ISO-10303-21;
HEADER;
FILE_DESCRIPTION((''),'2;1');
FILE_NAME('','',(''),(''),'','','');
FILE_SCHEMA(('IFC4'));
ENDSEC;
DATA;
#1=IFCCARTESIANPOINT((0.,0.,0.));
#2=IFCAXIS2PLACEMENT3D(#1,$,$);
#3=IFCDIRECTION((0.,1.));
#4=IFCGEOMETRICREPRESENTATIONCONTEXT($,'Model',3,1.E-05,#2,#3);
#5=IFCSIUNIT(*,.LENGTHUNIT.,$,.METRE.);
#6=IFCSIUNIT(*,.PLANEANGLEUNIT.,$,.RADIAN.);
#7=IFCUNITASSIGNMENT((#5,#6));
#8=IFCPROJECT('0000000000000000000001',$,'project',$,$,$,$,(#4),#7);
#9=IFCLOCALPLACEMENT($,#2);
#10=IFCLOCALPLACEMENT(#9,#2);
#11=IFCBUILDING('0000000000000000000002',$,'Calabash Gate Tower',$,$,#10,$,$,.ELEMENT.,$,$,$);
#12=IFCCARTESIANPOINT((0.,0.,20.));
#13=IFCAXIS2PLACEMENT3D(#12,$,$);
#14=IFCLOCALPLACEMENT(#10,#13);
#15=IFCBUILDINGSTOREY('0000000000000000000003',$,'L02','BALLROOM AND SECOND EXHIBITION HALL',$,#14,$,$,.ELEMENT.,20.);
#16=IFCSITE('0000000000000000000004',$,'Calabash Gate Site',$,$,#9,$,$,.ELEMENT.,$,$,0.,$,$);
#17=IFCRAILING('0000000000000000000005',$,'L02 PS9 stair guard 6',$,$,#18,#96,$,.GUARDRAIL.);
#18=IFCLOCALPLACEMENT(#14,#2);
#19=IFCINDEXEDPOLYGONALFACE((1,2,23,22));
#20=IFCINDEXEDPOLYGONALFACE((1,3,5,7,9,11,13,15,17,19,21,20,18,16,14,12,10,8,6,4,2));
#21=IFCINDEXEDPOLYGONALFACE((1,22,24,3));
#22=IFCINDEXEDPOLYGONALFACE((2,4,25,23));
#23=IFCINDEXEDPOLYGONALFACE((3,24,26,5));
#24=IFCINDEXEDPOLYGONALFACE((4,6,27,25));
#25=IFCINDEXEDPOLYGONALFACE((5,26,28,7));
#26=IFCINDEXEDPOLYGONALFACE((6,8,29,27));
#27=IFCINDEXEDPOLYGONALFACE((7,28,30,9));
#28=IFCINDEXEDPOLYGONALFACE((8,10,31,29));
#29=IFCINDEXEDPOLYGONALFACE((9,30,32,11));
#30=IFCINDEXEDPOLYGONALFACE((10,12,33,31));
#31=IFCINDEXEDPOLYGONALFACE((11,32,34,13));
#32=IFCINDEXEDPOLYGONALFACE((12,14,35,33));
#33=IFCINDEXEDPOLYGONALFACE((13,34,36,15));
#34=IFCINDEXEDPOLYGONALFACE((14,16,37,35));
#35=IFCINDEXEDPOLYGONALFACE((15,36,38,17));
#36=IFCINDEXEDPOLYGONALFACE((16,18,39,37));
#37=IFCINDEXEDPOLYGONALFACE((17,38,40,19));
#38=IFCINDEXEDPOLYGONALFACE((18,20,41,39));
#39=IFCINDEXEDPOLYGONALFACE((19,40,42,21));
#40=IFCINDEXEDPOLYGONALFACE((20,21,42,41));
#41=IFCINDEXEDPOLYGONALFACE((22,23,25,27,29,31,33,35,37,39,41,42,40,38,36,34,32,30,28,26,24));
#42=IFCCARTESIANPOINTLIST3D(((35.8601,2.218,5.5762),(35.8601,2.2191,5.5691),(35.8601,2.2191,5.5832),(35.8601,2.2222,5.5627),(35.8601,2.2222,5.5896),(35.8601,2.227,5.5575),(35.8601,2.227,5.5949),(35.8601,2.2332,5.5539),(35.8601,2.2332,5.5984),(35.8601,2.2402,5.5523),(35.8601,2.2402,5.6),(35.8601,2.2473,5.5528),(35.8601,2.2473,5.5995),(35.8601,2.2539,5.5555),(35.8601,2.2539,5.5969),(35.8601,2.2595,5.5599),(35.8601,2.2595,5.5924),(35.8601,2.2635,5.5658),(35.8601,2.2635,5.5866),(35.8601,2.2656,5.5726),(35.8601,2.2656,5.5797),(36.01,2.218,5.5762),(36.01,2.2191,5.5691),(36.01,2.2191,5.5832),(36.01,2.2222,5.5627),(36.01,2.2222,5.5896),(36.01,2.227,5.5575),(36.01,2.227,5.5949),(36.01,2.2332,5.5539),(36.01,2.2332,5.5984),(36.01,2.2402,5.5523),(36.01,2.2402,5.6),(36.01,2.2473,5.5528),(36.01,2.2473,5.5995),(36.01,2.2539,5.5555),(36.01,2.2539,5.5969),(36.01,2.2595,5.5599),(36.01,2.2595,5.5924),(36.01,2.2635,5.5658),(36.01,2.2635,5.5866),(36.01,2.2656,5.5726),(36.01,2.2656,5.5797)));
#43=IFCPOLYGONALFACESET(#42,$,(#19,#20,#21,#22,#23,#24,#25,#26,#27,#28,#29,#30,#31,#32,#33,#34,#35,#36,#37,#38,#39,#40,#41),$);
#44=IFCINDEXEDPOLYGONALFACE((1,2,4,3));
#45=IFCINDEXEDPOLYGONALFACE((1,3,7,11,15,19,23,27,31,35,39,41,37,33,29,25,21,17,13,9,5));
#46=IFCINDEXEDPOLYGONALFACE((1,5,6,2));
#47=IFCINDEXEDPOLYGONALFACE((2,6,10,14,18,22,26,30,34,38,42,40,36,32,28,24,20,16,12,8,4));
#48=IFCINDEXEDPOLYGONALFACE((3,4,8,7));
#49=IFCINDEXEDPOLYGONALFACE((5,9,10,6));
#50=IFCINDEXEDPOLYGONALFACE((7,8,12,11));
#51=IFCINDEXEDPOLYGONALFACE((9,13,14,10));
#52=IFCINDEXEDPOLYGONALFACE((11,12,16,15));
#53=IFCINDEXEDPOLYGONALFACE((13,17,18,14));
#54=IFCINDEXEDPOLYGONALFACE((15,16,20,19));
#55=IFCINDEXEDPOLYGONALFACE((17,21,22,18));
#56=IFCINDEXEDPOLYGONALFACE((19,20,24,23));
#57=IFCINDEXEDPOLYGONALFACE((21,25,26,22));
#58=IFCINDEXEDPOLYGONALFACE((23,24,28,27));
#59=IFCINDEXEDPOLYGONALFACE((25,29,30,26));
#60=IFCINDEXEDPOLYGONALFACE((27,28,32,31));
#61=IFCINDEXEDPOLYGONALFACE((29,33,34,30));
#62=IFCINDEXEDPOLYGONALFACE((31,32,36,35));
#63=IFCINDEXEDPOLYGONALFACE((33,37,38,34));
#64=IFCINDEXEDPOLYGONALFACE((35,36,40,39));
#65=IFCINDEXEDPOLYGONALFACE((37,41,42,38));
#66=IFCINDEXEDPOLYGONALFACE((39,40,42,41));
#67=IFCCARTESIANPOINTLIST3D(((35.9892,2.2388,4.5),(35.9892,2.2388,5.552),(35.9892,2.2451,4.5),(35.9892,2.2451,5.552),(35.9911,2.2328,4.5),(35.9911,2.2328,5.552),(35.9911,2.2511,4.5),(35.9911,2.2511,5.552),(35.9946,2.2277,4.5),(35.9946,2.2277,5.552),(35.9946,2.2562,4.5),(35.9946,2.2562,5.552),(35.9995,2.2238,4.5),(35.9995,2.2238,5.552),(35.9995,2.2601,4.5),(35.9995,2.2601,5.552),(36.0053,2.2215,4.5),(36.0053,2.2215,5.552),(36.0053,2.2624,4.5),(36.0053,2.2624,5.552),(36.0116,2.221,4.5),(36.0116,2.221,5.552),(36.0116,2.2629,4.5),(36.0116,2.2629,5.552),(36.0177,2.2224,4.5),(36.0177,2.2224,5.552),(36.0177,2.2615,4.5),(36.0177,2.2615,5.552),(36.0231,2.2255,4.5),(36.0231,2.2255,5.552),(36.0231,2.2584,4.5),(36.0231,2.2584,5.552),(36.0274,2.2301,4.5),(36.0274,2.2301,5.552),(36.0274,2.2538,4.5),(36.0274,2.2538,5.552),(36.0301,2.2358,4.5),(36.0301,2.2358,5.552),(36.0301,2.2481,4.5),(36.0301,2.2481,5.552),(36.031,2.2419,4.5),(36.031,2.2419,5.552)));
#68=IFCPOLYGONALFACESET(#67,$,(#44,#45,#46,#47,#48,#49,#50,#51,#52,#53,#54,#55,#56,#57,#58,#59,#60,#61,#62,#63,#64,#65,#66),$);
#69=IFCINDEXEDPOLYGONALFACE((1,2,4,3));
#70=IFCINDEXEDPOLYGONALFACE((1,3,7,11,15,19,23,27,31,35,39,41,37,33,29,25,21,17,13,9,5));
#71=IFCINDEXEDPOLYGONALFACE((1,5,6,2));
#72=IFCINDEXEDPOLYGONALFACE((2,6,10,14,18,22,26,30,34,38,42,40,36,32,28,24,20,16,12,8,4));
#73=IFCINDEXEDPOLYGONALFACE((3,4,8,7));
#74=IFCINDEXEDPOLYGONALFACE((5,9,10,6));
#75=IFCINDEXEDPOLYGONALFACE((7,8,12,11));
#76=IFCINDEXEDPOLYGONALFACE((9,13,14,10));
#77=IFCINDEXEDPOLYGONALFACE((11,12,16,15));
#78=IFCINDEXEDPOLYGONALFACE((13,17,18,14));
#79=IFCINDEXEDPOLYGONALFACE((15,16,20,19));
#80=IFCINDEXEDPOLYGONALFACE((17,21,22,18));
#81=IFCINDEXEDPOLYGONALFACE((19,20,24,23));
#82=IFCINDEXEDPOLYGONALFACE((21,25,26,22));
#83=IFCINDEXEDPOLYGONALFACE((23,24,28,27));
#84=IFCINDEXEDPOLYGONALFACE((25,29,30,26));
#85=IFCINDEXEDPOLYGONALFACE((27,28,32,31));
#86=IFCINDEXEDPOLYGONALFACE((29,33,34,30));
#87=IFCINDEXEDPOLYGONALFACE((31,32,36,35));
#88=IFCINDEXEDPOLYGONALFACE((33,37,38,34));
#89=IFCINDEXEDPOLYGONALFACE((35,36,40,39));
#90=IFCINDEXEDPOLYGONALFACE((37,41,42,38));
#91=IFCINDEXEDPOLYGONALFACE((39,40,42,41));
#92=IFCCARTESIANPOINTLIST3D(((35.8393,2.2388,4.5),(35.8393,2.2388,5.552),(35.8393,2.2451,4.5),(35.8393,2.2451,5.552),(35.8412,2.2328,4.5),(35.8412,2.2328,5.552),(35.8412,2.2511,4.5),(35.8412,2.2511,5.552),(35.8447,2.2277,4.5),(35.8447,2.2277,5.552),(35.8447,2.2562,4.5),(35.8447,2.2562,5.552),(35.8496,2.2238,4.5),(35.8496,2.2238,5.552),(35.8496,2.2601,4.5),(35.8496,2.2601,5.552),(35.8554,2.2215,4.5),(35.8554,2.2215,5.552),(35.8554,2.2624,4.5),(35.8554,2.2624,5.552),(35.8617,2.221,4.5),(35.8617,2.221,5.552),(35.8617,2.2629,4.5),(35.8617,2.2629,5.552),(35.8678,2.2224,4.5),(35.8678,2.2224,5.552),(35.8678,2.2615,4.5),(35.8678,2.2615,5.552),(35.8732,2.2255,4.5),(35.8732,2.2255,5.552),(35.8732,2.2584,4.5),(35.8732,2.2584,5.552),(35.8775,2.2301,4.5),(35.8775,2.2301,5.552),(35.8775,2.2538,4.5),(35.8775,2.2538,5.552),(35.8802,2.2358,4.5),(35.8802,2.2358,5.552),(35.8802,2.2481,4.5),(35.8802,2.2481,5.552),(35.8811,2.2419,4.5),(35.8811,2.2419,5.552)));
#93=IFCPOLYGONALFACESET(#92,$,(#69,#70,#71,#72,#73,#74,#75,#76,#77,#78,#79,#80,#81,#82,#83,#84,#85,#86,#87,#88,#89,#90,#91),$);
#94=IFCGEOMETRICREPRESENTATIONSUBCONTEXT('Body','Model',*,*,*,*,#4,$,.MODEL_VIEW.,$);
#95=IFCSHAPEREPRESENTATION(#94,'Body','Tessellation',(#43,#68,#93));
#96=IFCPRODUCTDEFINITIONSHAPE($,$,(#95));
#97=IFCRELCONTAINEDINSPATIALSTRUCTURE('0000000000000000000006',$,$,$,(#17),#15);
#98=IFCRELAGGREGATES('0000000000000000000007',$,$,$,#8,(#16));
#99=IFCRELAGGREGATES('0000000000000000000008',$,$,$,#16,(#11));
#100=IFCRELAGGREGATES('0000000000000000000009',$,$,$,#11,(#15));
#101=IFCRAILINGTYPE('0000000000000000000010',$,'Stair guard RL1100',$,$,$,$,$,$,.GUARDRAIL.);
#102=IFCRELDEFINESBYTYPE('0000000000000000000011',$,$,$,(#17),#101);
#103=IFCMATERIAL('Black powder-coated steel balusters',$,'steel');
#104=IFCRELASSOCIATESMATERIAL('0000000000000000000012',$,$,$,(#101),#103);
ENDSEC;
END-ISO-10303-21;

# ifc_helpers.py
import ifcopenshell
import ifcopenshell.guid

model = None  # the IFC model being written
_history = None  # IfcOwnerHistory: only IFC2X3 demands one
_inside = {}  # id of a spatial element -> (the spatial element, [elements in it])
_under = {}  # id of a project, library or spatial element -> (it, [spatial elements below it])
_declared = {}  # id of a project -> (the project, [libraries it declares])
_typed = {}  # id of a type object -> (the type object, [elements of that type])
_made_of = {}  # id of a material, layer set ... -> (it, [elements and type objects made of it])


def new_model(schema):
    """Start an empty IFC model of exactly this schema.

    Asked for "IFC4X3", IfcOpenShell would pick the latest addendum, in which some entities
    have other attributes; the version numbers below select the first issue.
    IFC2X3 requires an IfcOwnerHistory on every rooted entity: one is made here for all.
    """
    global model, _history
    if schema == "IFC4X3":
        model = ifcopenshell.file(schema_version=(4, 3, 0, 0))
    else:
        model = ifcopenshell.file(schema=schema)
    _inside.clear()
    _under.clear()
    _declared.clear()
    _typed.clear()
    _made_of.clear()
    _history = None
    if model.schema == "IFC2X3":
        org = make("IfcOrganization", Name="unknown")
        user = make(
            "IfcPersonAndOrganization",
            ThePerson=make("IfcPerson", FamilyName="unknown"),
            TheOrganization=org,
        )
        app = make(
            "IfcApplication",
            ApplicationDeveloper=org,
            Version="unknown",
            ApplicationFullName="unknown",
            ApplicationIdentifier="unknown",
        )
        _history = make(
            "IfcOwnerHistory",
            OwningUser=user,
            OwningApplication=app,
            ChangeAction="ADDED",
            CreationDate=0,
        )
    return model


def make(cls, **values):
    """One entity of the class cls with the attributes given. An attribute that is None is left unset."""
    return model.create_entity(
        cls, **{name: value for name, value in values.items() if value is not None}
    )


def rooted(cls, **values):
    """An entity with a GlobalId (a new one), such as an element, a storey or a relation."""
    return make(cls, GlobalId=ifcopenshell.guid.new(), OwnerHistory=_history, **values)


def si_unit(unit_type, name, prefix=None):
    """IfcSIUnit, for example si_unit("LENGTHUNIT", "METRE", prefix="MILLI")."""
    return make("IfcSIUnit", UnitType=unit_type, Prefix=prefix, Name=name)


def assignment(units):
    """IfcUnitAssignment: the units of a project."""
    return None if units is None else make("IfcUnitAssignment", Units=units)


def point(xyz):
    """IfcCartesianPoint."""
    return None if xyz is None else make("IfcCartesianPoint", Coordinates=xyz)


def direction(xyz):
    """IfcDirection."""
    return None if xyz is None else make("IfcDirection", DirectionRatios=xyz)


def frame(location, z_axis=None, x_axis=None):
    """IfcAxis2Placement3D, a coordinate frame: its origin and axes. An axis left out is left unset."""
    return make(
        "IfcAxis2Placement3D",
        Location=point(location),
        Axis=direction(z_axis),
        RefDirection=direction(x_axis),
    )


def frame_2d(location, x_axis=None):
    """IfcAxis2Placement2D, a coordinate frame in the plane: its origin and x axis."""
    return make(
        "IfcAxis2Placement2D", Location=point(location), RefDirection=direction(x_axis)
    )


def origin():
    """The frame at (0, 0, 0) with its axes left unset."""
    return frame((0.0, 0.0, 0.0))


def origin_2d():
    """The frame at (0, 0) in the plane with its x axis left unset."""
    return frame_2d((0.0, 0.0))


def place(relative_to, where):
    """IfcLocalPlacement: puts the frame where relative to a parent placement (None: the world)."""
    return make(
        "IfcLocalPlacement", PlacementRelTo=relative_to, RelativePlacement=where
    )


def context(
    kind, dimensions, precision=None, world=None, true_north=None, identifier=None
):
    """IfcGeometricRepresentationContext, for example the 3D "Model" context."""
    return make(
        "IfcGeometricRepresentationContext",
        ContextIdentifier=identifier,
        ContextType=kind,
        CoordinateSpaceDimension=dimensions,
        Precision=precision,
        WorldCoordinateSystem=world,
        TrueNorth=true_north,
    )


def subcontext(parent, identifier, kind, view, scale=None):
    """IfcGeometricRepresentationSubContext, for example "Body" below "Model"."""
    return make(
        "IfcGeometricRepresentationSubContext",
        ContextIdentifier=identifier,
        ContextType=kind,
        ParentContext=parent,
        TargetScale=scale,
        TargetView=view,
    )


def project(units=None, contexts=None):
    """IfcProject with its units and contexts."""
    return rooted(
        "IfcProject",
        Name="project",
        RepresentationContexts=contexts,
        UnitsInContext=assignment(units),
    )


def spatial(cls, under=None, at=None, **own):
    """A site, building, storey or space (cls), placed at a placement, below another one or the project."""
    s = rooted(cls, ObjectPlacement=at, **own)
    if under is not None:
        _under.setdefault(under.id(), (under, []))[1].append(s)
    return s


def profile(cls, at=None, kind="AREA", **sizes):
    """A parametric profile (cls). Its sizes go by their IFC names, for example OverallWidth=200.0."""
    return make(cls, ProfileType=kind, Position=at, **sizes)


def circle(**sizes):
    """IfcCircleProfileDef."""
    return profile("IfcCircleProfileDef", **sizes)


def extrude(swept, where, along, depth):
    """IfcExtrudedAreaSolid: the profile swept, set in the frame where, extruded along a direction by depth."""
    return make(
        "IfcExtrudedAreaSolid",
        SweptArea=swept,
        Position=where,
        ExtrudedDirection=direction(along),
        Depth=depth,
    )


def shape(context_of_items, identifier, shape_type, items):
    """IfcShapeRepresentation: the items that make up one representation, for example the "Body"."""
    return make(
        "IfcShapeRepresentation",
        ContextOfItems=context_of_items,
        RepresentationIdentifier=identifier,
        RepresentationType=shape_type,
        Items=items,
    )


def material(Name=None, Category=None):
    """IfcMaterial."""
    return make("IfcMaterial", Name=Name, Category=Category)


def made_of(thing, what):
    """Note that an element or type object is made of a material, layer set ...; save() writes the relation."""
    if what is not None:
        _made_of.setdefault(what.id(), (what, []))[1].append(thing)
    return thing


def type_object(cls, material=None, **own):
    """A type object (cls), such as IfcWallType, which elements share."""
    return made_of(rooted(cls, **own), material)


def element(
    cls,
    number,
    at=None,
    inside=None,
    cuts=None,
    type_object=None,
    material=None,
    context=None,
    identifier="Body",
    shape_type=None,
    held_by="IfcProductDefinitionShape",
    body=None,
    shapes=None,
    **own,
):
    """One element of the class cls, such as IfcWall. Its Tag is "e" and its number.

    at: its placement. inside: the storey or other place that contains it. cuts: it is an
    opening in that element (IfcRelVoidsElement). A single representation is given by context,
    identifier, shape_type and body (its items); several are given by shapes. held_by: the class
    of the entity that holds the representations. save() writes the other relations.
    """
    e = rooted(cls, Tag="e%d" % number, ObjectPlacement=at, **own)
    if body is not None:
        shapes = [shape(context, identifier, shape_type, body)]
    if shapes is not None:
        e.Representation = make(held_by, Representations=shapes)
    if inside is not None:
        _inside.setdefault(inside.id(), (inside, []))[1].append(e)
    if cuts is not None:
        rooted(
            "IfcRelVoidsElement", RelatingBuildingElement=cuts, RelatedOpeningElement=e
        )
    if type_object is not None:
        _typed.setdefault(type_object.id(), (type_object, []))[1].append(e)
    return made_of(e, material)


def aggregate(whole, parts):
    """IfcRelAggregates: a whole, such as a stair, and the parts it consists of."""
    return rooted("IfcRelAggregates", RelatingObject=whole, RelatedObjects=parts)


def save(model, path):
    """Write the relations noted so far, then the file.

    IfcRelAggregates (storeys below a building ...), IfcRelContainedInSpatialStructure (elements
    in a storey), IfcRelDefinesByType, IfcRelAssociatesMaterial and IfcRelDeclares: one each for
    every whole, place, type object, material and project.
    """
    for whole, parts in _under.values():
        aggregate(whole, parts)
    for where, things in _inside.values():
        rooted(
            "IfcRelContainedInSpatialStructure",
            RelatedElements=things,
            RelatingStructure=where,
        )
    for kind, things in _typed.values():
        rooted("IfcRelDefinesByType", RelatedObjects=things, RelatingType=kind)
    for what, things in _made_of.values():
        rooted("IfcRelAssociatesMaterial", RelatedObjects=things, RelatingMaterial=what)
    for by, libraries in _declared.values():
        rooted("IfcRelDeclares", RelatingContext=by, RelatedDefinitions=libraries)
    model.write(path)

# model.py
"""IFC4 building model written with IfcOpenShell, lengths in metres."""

from ifc_helpers import new_model, si_unit, direction, frame, origin, origin_2d, place, context, subcontext, project, spatial, circle, extrude, material, type_object, element, save


model = new_model("IFC4")

# Units and contexts
model_context = context("Model", 3, precision=1e-05, world=origin(), true_north=direction((0.0, 1.0)))
body_context = subcontext(model_context, "Body", "Model", "MODEL_VIEW")
ifc_project = project(units=[si_unit("LENGTHUNIT", "METRE"), si_unit("PLANEANGLEUNIT", "RADIAN")], contexts=[model_context])

# Site, building, storey
site_placement = place(None, origin())
site = spatial("IfcSite", under=ifc_project, at=site_placement, Name="Calabash Gate Site", CompositionType="ELEMENT", RefElevation=0.0)
building_placement = place(site_placement, origin())
building = spatial("IfcBuilding", under=site, at=building_placement, Name="Calabash Gate Tower", CompositionType="ELEMENT")
storey_placement = place(building_placement, frame((0.0, 0.0, 20.0)))
storey = spatial("IfcBuildingStorey", under=building, at=storey_placement, Name="L02", Description="BALLROOM AND SECOND EXHIBITION HALL", CompositionType="ELEMENT", Elevation=20.0)

# Railing
ifc_material_1 = material(Name="Black powder-coated steel balusters", Category="steel")
railing_type = type_object("IfcRailingType", Name="Stair guard RL1100", PredefinedType="GUARDRAIL", material=ifc_material_1)
railing_1_placement = place(storey_placement, frame((36.01, 2.2419, 4.5)))
element("IfcRailing", 1, at=railing_1_placement, inside=storey, type_object=railing_type, Name="L02 PS9 stair guard 6", PredefinedType="GUARDRAIL", context=body_context, shape_type="SweptSolid", body=[
    extrude(circle(Radius=0.0239, at=origin_2d()), frame((0.0, 0.0, 1.0762), z_axis=(-1.0, 0.0, 0.0), x_axis=(0.0, -1.0, 0.0)), (0.0, 0.0, 1.0), 0.1499),
    extrude(circle(Radius=0.021, at=origin_2d()), origin(), (0.0, 0.0, 1.0), 1.052),
    extrude(circle(Radius=0.021, at=origin_2d()), frame((-0.1499, 0.0, 0.0)), (0.0, 0.0, 1.0), 1.052),
])

save(model, "model.ifc")
